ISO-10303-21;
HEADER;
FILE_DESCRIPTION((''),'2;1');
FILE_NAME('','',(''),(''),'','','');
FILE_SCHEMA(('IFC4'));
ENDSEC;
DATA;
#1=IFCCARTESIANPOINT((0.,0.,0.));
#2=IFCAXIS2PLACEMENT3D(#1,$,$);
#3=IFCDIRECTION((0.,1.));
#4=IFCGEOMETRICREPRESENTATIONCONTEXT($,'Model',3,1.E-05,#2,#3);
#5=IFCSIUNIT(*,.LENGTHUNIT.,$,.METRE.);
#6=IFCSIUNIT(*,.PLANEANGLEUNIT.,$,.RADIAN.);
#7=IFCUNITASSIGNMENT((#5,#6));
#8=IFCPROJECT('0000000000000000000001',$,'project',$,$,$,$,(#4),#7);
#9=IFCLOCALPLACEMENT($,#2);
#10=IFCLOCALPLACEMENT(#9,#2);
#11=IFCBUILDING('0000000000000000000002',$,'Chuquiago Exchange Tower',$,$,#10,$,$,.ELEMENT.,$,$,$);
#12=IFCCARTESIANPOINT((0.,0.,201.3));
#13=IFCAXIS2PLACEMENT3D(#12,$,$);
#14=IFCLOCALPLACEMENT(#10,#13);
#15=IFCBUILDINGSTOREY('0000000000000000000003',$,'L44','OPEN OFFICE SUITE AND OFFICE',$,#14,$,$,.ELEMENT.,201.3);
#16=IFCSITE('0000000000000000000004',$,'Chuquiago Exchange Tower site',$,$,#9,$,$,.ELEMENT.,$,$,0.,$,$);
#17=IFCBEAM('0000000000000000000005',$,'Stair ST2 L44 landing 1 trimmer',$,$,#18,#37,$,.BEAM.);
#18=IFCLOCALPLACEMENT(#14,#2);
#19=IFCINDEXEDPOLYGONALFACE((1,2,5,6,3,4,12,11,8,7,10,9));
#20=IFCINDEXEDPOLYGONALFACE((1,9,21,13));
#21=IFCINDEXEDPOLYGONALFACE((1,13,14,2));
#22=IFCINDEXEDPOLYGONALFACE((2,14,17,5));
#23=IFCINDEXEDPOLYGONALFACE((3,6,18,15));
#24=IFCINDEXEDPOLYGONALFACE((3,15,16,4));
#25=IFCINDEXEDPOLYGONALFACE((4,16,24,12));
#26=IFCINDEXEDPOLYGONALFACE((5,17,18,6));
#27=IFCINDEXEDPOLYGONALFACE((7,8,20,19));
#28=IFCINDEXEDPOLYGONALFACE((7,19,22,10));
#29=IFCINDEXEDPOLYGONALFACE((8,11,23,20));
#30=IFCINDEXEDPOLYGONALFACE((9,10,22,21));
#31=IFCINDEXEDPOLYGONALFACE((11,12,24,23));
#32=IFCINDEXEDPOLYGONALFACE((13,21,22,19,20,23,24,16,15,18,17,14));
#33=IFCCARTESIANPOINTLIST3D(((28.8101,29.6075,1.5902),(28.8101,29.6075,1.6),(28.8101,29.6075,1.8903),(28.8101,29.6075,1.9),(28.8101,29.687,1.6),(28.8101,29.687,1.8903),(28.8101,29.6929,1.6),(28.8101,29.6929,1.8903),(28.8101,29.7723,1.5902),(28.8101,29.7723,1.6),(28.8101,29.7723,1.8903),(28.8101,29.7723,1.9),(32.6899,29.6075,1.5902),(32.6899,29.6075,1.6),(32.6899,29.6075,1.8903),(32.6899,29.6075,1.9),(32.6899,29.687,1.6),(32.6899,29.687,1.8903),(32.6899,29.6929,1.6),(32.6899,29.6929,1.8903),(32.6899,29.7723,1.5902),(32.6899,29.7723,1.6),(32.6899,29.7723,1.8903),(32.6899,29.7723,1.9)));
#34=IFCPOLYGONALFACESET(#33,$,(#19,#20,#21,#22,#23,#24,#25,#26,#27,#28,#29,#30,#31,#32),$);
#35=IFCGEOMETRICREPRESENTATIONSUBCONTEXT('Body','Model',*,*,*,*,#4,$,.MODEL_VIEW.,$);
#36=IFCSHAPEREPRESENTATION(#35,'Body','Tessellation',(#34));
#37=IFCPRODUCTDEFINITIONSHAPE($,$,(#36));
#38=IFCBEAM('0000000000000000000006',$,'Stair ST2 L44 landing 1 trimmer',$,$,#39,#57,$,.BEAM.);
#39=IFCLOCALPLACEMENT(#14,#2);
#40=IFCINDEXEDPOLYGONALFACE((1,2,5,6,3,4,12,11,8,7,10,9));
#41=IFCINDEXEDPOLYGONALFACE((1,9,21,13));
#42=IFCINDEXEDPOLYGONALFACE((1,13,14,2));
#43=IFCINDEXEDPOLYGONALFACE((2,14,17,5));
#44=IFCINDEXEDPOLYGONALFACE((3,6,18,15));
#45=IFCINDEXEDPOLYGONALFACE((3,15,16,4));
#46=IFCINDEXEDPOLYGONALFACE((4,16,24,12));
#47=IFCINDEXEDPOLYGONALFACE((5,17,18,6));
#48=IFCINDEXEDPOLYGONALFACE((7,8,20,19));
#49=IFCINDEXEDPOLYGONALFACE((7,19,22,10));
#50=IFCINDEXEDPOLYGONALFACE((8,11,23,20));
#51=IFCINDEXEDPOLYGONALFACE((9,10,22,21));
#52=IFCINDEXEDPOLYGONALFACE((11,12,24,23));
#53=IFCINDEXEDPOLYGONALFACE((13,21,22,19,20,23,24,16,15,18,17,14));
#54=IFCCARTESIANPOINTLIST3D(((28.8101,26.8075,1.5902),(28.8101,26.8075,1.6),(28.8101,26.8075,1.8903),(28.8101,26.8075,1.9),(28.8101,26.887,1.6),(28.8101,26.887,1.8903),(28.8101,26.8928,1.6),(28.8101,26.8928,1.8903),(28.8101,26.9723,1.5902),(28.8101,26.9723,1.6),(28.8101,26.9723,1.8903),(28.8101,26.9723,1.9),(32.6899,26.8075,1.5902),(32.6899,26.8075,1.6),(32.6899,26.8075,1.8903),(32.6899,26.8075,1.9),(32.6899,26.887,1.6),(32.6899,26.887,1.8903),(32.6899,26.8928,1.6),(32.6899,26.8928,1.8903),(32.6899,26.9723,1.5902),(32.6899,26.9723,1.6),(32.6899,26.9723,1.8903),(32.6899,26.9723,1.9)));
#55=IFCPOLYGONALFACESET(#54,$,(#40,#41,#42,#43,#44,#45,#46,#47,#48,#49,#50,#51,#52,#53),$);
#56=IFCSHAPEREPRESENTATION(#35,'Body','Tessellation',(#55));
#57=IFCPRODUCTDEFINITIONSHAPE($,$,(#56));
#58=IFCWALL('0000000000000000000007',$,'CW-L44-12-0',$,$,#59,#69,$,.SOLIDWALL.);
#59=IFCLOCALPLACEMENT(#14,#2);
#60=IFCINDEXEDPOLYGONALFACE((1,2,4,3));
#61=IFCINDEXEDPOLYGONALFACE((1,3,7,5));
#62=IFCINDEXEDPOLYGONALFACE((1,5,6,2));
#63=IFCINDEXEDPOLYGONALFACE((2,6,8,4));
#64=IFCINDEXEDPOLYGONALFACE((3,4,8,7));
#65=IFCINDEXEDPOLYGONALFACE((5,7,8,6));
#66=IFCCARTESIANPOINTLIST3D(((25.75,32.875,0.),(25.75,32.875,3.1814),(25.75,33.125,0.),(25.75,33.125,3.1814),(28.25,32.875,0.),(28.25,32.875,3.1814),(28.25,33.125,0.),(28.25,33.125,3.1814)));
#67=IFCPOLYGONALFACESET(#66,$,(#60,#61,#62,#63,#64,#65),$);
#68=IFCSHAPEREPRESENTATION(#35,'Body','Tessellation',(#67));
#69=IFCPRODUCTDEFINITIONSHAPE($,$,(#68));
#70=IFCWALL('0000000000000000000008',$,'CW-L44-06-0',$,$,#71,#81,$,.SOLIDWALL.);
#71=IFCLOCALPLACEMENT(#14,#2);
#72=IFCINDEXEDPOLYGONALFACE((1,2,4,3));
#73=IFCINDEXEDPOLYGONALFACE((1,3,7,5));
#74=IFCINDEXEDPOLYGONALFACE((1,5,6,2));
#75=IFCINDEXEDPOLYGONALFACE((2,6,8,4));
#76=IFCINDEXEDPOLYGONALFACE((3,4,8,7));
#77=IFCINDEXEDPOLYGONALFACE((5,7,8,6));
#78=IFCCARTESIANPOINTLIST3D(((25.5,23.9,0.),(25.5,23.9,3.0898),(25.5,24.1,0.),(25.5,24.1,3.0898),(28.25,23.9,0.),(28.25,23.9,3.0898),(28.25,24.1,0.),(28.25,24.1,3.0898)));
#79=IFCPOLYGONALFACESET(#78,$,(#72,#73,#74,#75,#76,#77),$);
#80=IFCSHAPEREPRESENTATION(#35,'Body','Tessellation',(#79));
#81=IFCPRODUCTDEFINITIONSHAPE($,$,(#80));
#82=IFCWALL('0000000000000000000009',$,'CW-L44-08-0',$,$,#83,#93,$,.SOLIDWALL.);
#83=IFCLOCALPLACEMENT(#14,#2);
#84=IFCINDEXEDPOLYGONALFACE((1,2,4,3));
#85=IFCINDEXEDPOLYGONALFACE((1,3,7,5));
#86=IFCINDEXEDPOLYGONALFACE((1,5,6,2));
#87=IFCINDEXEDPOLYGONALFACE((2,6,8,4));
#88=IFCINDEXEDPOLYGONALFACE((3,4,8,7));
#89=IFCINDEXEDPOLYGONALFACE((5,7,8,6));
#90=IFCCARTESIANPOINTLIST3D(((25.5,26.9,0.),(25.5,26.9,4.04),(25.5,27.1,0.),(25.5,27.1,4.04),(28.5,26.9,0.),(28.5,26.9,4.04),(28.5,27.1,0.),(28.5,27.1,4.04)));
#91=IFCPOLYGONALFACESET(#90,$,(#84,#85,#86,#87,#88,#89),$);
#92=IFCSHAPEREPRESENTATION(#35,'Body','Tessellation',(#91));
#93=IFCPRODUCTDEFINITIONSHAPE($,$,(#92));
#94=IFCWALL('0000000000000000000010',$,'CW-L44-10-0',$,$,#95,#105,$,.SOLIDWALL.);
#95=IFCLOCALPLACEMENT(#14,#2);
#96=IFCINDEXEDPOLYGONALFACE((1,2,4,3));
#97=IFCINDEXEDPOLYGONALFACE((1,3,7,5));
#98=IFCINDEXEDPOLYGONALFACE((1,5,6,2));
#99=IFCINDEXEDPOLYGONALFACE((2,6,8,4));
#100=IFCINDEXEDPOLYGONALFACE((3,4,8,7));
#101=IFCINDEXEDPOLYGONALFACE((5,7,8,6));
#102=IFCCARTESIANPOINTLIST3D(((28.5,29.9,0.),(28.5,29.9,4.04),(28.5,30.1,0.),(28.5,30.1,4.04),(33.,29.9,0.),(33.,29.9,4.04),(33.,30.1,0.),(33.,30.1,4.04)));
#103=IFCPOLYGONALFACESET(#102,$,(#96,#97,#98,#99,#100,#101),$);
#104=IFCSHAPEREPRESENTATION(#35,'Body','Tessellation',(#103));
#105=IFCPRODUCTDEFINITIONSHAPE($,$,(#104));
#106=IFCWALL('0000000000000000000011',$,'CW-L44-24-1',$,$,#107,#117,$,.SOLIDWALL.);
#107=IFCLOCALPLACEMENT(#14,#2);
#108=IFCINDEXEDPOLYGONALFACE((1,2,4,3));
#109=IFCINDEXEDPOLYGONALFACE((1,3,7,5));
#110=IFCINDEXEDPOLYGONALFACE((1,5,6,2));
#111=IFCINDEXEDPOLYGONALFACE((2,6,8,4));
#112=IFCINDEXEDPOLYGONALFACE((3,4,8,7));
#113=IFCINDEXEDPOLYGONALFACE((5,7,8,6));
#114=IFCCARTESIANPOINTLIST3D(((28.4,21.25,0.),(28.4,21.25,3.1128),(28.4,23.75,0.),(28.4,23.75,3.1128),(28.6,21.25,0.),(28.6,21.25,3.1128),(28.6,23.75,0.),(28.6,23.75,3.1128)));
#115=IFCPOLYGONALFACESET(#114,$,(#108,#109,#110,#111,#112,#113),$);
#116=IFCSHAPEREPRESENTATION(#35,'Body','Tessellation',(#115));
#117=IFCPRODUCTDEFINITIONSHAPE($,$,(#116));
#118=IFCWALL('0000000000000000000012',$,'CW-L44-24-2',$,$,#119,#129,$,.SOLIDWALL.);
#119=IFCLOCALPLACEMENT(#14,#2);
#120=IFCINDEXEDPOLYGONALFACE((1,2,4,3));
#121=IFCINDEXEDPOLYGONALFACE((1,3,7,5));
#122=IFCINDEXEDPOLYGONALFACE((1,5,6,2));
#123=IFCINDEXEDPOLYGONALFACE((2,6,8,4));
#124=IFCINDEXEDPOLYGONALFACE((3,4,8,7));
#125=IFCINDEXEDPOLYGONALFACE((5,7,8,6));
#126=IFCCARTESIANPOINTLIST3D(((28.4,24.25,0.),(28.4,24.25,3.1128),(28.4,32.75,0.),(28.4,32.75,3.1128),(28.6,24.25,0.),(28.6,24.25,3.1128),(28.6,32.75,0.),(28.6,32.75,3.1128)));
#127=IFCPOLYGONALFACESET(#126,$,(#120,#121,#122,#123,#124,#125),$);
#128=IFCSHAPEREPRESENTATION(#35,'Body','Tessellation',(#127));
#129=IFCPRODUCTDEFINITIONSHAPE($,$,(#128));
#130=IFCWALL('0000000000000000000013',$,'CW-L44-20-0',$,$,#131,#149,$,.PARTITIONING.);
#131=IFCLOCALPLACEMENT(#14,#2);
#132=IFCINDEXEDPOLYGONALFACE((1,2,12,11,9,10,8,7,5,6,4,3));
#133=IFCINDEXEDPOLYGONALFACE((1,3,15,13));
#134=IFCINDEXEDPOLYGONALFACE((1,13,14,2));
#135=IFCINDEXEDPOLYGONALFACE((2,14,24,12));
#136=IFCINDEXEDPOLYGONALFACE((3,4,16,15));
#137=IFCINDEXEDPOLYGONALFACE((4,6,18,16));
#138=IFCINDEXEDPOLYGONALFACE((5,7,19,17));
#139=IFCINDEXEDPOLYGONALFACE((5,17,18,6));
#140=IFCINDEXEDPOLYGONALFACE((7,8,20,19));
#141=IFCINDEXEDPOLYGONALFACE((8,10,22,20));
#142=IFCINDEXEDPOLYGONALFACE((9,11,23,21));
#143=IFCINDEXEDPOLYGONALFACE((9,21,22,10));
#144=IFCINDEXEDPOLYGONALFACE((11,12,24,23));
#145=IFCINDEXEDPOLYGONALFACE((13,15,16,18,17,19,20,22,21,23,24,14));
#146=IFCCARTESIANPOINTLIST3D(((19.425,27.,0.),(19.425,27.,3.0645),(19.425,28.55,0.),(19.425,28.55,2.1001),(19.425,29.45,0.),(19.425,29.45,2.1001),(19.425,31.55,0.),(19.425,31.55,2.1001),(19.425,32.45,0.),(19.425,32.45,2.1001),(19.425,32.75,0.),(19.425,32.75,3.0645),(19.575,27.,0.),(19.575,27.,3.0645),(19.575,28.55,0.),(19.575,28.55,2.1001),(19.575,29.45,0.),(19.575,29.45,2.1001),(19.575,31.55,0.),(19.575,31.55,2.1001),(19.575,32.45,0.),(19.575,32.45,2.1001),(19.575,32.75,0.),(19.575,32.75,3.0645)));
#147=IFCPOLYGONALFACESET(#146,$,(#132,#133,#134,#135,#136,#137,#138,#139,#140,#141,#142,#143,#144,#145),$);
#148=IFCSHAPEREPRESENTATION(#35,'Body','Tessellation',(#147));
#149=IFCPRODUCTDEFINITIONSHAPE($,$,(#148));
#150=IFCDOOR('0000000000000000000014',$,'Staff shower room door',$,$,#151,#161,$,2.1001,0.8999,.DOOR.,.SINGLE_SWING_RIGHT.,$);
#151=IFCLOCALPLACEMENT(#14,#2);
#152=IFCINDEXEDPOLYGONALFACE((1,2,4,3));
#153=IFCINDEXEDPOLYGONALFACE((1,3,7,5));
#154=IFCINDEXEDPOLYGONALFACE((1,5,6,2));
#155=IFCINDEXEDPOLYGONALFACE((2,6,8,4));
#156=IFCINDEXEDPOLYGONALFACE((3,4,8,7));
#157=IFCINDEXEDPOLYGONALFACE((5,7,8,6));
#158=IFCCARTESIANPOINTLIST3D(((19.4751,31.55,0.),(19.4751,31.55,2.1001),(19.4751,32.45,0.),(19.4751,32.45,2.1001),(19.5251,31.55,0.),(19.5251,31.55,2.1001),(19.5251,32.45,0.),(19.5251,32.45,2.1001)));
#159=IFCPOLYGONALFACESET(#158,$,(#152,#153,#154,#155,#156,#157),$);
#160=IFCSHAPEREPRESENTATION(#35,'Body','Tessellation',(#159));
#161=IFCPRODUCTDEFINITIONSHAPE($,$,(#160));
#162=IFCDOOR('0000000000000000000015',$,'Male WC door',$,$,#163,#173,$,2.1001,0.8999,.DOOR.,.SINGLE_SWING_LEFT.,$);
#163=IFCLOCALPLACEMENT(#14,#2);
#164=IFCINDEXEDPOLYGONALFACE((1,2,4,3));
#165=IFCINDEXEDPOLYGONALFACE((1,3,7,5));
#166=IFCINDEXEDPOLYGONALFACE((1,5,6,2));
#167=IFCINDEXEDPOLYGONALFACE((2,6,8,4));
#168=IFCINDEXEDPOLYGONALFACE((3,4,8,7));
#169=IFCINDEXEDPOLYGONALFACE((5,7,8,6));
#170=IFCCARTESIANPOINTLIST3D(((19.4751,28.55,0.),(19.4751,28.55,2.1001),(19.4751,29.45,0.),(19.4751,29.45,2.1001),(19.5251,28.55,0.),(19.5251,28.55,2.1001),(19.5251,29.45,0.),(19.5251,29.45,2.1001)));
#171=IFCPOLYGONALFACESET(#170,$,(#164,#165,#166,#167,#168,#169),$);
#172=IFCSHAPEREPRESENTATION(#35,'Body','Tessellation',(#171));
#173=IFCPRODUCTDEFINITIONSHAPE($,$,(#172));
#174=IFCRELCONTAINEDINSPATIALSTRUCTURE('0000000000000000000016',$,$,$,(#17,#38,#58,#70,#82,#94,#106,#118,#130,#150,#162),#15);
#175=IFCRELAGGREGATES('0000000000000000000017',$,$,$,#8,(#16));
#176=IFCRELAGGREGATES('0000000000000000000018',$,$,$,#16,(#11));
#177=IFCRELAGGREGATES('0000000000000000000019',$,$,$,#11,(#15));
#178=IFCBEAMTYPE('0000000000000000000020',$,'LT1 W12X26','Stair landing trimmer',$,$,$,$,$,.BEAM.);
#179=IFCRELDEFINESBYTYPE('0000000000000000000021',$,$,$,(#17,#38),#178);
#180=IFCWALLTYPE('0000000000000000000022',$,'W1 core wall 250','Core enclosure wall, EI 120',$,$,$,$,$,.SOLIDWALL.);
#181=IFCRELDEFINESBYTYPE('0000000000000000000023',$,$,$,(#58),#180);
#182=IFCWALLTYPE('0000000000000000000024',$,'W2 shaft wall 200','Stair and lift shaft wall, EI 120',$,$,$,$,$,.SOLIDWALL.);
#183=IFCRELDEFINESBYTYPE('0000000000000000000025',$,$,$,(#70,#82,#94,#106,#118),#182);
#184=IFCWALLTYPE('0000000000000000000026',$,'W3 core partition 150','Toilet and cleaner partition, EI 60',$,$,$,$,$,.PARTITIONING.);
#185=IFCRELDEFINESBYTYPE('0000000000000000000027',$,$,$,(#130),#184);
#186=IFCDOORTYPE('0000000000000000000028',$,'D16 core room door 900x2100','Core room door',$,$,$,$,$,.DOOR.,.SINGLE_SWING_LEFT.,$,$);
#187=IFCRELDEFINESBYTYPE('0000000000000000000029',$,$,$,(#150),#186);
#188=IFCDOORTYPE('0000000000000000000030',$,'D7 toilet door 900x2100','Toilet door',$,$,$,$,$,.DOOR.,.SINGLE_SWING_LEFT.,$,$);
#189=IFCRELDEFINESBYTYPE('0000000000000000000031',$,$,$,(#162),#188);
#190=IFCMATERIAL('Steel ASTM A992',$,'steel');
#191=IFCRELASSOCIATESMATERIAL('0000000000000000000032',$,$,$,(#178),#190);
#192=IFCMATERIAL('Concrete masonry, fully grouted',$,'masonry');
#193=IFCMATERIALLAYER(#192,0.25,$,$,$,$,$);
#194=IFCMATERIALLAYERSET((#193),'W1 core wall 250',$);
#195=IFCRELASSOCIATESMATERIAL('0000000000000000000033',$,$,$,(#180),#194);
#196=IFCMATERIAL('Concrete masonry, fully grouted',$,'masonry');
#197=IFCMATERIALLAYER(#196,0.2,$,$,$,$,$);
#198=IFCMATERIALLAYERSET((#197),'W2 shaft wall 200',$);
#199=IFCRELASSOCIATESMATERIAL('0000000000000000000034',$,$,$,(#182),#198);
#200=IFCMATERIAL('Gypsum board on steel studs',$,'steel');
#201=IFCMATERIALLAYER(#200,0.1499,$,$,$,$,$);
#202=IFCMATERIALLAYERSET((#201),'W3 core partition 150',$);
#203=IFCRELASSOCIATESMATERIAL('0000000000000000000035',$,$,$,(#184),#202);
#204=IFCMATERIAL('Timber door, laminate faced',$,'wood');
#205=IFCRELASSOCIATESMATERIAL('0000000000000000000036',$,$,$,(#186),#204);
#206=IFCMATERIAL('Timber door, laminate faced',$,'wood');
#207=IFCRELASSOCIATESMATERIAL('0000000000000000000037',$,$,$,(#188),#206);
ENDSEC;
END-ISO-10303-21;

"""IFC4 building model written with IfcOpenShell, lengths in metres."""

from ifc_helpers import new_model, si_unit, direction, frame, frame_2d, origin, origin_2d, place, context, subcontext, project, spatial, rectangle, i_section, extrude, material, layer, layer_set, material_profile, profile_set, type_object, element, fill, save


model = new_model("IFC4")

# Units and contexts
model_context = context("Model", 3, precision=1e-05, world=origin(), true_north=direction((0.0, 1.0)))
body_context = subcontext(model_context, "Body", "Model", "MODEL_VIEW")
ifc_project = project(units=[si_unit("LENGTHUNIT", "METRE"), si_unit("PLANEANGLEUNIT", "RADIAN")], contexts=[model_context])

# Site, building, storey
site_placement = place(None, origin())
site = spatial("IfcSite", under=ifc_project, at=site_placement, Name="Chuquiago Exchange Tower site", CompositionType="ELEMENT", RefElevation=0.0)
building_placement = place(site_placement, origin())
building = spatial("IfcBuilding", under=site, at=building_placement, Name="Chuquiago Exchange Tower", CompositionType="ELEMENT")
storey_placement = place(building_placement, frame((0.0, 0.0, 201.3)))
storey = spatial("IfcBuildingStorey", under=building, at=storey_placement, Name="L44", Description="OPEN OFFICE SUITE AND OFFICE", CompositionType="ELEMENT", Elevation=201.3)

# Beams
ifc_material_1 = material(Name="Steel ASTM A992", Category="steel")
ifc_material_profile_1 = material_profile(ifc_material_1, i_section(OverallWidth=0.1648, OverallDepth=0.3098, WebThickness=0.0059, FlangeThickness=0.0098, at=origin_2d()), Name="W12X26")
ifc_profile_set_1 = profile_set([ifc_material_profile_1], Name="Steel ASTM A992")
beam_type_1 = type_object("IfcBeamType", Name="LT1 W12X26", Description="Stair landing trimmer", PredefinedType="BEAM", material=ifc_profile_set_1)
for number, where, z_axis, x_axis, name in (
    (1, (28.8101, 29.6899, 1.7451), (1.0, 0.0, 0.0), (0.0, 1.0, 0.0), "Stair ST2 L44 landing 1 trimmer"),
    (2, (28.8101, 26.8899, 1.7451), (1.0, 0.0, 0.0), (0.0, 1.0, 0.0), "Stair ST2 L44 landing 1 trimmer"),
):
    element("IfcBeam", number, at=place(storey_placement, frame(where, z_axis=z_axis, x_axis=x_axis)), inside=storey, type_object=beam_type_1, Name=name, PredefinedType="BEAM", context=body_context, shape_type="SweptSolid", body=[
        extrude(i_section(OverallWidth=0.1648, OverallDepth=0.3098, WebThickness=0.0059, FlangeThickness=0.0098, at=origin_2d()), origin(), (0.0, 0.0, 1.0), 3.8799),
    ])

# Walls
ifc_material_2 = material(Name="Concrete masonry, fully grouted", Category="masonry")
ifc_layer_1 = layer(ifc_material_2, 0.25)
ifc_layer_set_1 = layer_set([ifc_layer_1], Name="W1 core wall 250")
wall_type_1 = type_object("IfcWallType", Name="W1 core wall 250", Description="Core enclosure wall, EI 120", PredefinedType="SOLIDWALL", material=ifc_layer_set_1)
wall_1_placement = place(storey_placement, frame((25.75, 33.0, 0.0), z_axis=(0.0, 0.0, 1.0), x_axis=(1.0, 0.0, 0.0)))
element("IfcWall", 3, at=wall_1_placement, inside=storey, type_object=wall_type_1, Name="CW-L44-12-0", PredefinedType="SOLIDWALL", context=body_context, shape_type="SweptSolid", body=[
    extrude(rectangle(XDim=2.5, YDim=0.25, at=frame_2d((1.25, 0.0))), origin(), (0.0, 0.0, 1.0), 3.1814),
])
ifc_material_3 = material(Name="Concrete masonry, fully grouted", Category="masonry")
ifc_layer_2 = layer(ifc_material_3, 0.2)
ifc_layer_set_2 = layer_set([ifc_layer_2], Name="W2 shaft wall 200")
wall_type_2 = type_object("IfcWallType", Name="W2 shaft wall 200", Description="Stair and lift shaft wall, EI 120", PredefinedType="SOLIDWALL", material=ifc_layer_set_2)
wall_2_placement = place(storey_placement, frame((25.5, 24.0, 0.0), z_axis=(0.0, 0.0, 1.0), x_axis=(1.0, 0.0, 0.0)))
element("IfcWall", 4, at=wall_2_placement, inside=storey, type_object=wall_type_2, Name="CW-L44-06-0", PredefinedType="SOLIDWALL", context=body_context, shape_type="SweptSolid", body=[
    extrude(rectangle(XDim=2.75, YDim=0.2, at=frame_2d((1.375, 0.0))), origin(), (0.0, 0.0, 1.0), 3.0898),
])
wall_3_placement = place(storey_placement, frame((25.5, 27.0, 0.0), z_axis=(0.0, 0.0, 1.0), x_axis=(1.0, 0.0, 0.0)))
element("IfcWall", 5, at=wall_3_placement, inside=storey, type_object=wall_type_2, Name="CW-L44-08-0", PredefinedType="SOLIDWALL", context=body_context, shape_type="SweptSolid", body=[
    extrude(rectangle(XDim=3.0, YDim=0.2, at=frame_2d((1.5, 0.0))), origin(), (0.0, 0.0, 1.0), 4.04),
])
wall_4_placement = place(storey_placement, frame((28.5, 30.0, 0.0), z_axis=(0.0, 0.0, 1.0), x_axis=(1.0, 0.0, 0.0)))
element("IfcWall", 6, at=wall_4_placement, inside=storey, type_object=wall_type_2, Name="CW-L44-10-0", PredefinedType="SOLIDWALL", context=body_context, shape_type="SweptSolid", body=[
    extrude(rectangle(XDim=4.5, YDim=0.2, at=frame_2d((2.25, 0.0))), origin(), (0.0, 0.0, 1.0), 4.04),
])
wall_5_placement = place(storey_placement, frame((28.5, 21.25, 0.0), z_axis=(0.0, 0.0, 1.0), x_axis=(0.0, 1.0, 0.0)))
element("IfcWall", 7, at=wall_5_placement, inside=storey, type_object=wall_type_2, Name="CW-L44-24-1", PredefinedType="SOLIDWALL", context=body_context, shape_type="SweptSolid", body=[
    extrude(rectangle(XDim=2.5, YDim=0.2, at=frame_2d((1.25, 0.0))), origin(), (0.0, 0.0, 1.0), 3.1128),
])
wall_6_placement = place(storey_placement, frame((28.5, 24.25, 0.0), z_axis=(0.0, 0.0, 1.0), x_axis=(0.0, 1.0, 0.0)))
element("IfcWall", 8, at=wall_6_placement, inside=storey, type_object=wall_type_2, Name="CW-L44-24-2", PredefinedType="SOLIDWALL", context=body_context, shape_type="SweptSolid", body=[
    extrude(rectangle(XDim=8.5, YDim=0.2, at=frame_2d((4.25, 0.0))), origin(), (0.0, 0.0, 1.0), 3.1128),
])

# Wall, openings, doors
ifc_material_4 = material(Name="Gypsum board on steel studs", Category="steel")
ifc_layer_3 = layer(ifc_material_4, 0.1499)
ifc_layer_set_3 = layer_set([ifc_layer_3], Name="W3 core partition 150")
wall_type_3 = type_object("IfcWallType", Name="W3 core partition 150", Description="Toilet and cleaner partition, EI 60", PredefinedType="PARTITIONING", material=ifc_layer_set_3)
wall_7_placement = place(storey_placement, frame((19.5, 27.0, 0.0), z_axis=(0.0, 0.0, 1.0), x_axis=(0.0, 1.0, 0.0)))
wall_7 = element("IfcWall", 9, at=wall_7_placement, inside=storey, type_object=wall_type_3, Name="CW-L44-20-0", PredefinedType="PARTITIONING", context=body_context, shape_type="SweptSolid", body=[
    extrude(rectangle(XDim=5.75, YDim=0.1499, at=frame_2d((2.875, 0.0))), origin(), (0.0, 0.0, 1.0), 3.0645),
])
opening_1_placement = place(wall_7_placement, frame((1.55, 0.0, 0.0)))
opening_1 = element("IfcOpeningElement", 10, at=opening_1_placement, cuts=wall_7, PredefinedType="OPENING", context=body_context, shape_type="SweptSolid", body=[
    extrude(rectangle(XDim=0.8999, YDim=2.1001, at=frame_2d((0.45, 1.05))), frame((0.0, 0.085, 0.0), z_axis=(0.0, -1.0, 0.0), x_axis=(1.0, 0.0, 0.0)), (0.0, 0.0, 1.0), 0.1699),
])
opening_2_placement = place(wall_7_placement, frame((4.55, 0.0, 0.0)))
opening_2 = element("IfcOpeningElement", 11, at=opening_2_placement, cuts=wall_7, PredefinedType="OPENING", context=body_context, shape_type="SweptSolid", body=[
    extrude(rectangle(XDim=0.8999, YDim=2.1001, at=frame_2d((0.45, 1.05))), frame((0.0, 0.085, 0.0), z_axis=(0.0, -1.0, 0.0), x_axis=(1.0, 0.0, 0.0)), (0.0, 0.0, 1.0), 0.1699),
])
ifc_material_5 = material(Name="Timber door, laminate faced", Category="wood")
door_type_1 = type_object("IfcDoorType", Name="D16 core room door 900x2100", Description="Core room door", OperationType="SINGLE_SWING_LEFT", PredefinedType="DOOR", material=ifc_material_5)
door_1_placement = place(opening_2_placement, origin())
door_1 = element("IfcDoor", 12, at=door_1_placement, inside=storey, type_object=door_type_1, Name="Staff shower room door", OperationType="SINGLE_SWING_RIGHT", OverallHeight=2.1001, OverallWidth=0.8999, PredefinedType="DOOR", context=body_context, shape_type="SweptSolid", body=[
    extrude(rectangle(XDim=0.8999, YDim=2.1001, at=frame_2d((0.45, 1.05))), frame((0.0, 0.0249, 0.0), z_axis=(0.0, -1.0, 0.0), x_axis=(1.0, 0.0, 0.0)), (0.0, 0.0, 1.0), 0.05),
])
fill(opening_2, door_1)
ifc_material_6 = material(Name="Timber door, laminate faced", Category="wood")
door_type_2 = type_object("IfcDoorType", Name="D7 toilet door 900x2100", Description="Toilet door", OperationType="SINGLE_SWING_LEFT", PredefinedType="DOOR", material=ifc_material_6)
door_2_placement = place(opening_1_placement, origin())
door_2 = element("IfcDoor", 13, at=door_2_placement, inside=storey, type_object=door_type_2, Name="Male WC door", OperationType="SINGLE_SWING_LEFT", OverallHeight=2.1001, OverallWidth=0.8999, PredefinedType="DOOR", context=body_context, shape_type="SweptSolid", body=[
    extrude(rectangle(XDim=0.8999, YDim=2.1001, at=frame_2d((0.45, 1.05))), frame((0.0, 0.0249, 0.0), z_axis=(0.0, -1.0, 0.0), x_axis=(1.0, 0.0, 0.0)), (0.0, 0.0, 1.0), 0.05),
])
fill(opening_1, door_2)

save(model, "model.ifc")
